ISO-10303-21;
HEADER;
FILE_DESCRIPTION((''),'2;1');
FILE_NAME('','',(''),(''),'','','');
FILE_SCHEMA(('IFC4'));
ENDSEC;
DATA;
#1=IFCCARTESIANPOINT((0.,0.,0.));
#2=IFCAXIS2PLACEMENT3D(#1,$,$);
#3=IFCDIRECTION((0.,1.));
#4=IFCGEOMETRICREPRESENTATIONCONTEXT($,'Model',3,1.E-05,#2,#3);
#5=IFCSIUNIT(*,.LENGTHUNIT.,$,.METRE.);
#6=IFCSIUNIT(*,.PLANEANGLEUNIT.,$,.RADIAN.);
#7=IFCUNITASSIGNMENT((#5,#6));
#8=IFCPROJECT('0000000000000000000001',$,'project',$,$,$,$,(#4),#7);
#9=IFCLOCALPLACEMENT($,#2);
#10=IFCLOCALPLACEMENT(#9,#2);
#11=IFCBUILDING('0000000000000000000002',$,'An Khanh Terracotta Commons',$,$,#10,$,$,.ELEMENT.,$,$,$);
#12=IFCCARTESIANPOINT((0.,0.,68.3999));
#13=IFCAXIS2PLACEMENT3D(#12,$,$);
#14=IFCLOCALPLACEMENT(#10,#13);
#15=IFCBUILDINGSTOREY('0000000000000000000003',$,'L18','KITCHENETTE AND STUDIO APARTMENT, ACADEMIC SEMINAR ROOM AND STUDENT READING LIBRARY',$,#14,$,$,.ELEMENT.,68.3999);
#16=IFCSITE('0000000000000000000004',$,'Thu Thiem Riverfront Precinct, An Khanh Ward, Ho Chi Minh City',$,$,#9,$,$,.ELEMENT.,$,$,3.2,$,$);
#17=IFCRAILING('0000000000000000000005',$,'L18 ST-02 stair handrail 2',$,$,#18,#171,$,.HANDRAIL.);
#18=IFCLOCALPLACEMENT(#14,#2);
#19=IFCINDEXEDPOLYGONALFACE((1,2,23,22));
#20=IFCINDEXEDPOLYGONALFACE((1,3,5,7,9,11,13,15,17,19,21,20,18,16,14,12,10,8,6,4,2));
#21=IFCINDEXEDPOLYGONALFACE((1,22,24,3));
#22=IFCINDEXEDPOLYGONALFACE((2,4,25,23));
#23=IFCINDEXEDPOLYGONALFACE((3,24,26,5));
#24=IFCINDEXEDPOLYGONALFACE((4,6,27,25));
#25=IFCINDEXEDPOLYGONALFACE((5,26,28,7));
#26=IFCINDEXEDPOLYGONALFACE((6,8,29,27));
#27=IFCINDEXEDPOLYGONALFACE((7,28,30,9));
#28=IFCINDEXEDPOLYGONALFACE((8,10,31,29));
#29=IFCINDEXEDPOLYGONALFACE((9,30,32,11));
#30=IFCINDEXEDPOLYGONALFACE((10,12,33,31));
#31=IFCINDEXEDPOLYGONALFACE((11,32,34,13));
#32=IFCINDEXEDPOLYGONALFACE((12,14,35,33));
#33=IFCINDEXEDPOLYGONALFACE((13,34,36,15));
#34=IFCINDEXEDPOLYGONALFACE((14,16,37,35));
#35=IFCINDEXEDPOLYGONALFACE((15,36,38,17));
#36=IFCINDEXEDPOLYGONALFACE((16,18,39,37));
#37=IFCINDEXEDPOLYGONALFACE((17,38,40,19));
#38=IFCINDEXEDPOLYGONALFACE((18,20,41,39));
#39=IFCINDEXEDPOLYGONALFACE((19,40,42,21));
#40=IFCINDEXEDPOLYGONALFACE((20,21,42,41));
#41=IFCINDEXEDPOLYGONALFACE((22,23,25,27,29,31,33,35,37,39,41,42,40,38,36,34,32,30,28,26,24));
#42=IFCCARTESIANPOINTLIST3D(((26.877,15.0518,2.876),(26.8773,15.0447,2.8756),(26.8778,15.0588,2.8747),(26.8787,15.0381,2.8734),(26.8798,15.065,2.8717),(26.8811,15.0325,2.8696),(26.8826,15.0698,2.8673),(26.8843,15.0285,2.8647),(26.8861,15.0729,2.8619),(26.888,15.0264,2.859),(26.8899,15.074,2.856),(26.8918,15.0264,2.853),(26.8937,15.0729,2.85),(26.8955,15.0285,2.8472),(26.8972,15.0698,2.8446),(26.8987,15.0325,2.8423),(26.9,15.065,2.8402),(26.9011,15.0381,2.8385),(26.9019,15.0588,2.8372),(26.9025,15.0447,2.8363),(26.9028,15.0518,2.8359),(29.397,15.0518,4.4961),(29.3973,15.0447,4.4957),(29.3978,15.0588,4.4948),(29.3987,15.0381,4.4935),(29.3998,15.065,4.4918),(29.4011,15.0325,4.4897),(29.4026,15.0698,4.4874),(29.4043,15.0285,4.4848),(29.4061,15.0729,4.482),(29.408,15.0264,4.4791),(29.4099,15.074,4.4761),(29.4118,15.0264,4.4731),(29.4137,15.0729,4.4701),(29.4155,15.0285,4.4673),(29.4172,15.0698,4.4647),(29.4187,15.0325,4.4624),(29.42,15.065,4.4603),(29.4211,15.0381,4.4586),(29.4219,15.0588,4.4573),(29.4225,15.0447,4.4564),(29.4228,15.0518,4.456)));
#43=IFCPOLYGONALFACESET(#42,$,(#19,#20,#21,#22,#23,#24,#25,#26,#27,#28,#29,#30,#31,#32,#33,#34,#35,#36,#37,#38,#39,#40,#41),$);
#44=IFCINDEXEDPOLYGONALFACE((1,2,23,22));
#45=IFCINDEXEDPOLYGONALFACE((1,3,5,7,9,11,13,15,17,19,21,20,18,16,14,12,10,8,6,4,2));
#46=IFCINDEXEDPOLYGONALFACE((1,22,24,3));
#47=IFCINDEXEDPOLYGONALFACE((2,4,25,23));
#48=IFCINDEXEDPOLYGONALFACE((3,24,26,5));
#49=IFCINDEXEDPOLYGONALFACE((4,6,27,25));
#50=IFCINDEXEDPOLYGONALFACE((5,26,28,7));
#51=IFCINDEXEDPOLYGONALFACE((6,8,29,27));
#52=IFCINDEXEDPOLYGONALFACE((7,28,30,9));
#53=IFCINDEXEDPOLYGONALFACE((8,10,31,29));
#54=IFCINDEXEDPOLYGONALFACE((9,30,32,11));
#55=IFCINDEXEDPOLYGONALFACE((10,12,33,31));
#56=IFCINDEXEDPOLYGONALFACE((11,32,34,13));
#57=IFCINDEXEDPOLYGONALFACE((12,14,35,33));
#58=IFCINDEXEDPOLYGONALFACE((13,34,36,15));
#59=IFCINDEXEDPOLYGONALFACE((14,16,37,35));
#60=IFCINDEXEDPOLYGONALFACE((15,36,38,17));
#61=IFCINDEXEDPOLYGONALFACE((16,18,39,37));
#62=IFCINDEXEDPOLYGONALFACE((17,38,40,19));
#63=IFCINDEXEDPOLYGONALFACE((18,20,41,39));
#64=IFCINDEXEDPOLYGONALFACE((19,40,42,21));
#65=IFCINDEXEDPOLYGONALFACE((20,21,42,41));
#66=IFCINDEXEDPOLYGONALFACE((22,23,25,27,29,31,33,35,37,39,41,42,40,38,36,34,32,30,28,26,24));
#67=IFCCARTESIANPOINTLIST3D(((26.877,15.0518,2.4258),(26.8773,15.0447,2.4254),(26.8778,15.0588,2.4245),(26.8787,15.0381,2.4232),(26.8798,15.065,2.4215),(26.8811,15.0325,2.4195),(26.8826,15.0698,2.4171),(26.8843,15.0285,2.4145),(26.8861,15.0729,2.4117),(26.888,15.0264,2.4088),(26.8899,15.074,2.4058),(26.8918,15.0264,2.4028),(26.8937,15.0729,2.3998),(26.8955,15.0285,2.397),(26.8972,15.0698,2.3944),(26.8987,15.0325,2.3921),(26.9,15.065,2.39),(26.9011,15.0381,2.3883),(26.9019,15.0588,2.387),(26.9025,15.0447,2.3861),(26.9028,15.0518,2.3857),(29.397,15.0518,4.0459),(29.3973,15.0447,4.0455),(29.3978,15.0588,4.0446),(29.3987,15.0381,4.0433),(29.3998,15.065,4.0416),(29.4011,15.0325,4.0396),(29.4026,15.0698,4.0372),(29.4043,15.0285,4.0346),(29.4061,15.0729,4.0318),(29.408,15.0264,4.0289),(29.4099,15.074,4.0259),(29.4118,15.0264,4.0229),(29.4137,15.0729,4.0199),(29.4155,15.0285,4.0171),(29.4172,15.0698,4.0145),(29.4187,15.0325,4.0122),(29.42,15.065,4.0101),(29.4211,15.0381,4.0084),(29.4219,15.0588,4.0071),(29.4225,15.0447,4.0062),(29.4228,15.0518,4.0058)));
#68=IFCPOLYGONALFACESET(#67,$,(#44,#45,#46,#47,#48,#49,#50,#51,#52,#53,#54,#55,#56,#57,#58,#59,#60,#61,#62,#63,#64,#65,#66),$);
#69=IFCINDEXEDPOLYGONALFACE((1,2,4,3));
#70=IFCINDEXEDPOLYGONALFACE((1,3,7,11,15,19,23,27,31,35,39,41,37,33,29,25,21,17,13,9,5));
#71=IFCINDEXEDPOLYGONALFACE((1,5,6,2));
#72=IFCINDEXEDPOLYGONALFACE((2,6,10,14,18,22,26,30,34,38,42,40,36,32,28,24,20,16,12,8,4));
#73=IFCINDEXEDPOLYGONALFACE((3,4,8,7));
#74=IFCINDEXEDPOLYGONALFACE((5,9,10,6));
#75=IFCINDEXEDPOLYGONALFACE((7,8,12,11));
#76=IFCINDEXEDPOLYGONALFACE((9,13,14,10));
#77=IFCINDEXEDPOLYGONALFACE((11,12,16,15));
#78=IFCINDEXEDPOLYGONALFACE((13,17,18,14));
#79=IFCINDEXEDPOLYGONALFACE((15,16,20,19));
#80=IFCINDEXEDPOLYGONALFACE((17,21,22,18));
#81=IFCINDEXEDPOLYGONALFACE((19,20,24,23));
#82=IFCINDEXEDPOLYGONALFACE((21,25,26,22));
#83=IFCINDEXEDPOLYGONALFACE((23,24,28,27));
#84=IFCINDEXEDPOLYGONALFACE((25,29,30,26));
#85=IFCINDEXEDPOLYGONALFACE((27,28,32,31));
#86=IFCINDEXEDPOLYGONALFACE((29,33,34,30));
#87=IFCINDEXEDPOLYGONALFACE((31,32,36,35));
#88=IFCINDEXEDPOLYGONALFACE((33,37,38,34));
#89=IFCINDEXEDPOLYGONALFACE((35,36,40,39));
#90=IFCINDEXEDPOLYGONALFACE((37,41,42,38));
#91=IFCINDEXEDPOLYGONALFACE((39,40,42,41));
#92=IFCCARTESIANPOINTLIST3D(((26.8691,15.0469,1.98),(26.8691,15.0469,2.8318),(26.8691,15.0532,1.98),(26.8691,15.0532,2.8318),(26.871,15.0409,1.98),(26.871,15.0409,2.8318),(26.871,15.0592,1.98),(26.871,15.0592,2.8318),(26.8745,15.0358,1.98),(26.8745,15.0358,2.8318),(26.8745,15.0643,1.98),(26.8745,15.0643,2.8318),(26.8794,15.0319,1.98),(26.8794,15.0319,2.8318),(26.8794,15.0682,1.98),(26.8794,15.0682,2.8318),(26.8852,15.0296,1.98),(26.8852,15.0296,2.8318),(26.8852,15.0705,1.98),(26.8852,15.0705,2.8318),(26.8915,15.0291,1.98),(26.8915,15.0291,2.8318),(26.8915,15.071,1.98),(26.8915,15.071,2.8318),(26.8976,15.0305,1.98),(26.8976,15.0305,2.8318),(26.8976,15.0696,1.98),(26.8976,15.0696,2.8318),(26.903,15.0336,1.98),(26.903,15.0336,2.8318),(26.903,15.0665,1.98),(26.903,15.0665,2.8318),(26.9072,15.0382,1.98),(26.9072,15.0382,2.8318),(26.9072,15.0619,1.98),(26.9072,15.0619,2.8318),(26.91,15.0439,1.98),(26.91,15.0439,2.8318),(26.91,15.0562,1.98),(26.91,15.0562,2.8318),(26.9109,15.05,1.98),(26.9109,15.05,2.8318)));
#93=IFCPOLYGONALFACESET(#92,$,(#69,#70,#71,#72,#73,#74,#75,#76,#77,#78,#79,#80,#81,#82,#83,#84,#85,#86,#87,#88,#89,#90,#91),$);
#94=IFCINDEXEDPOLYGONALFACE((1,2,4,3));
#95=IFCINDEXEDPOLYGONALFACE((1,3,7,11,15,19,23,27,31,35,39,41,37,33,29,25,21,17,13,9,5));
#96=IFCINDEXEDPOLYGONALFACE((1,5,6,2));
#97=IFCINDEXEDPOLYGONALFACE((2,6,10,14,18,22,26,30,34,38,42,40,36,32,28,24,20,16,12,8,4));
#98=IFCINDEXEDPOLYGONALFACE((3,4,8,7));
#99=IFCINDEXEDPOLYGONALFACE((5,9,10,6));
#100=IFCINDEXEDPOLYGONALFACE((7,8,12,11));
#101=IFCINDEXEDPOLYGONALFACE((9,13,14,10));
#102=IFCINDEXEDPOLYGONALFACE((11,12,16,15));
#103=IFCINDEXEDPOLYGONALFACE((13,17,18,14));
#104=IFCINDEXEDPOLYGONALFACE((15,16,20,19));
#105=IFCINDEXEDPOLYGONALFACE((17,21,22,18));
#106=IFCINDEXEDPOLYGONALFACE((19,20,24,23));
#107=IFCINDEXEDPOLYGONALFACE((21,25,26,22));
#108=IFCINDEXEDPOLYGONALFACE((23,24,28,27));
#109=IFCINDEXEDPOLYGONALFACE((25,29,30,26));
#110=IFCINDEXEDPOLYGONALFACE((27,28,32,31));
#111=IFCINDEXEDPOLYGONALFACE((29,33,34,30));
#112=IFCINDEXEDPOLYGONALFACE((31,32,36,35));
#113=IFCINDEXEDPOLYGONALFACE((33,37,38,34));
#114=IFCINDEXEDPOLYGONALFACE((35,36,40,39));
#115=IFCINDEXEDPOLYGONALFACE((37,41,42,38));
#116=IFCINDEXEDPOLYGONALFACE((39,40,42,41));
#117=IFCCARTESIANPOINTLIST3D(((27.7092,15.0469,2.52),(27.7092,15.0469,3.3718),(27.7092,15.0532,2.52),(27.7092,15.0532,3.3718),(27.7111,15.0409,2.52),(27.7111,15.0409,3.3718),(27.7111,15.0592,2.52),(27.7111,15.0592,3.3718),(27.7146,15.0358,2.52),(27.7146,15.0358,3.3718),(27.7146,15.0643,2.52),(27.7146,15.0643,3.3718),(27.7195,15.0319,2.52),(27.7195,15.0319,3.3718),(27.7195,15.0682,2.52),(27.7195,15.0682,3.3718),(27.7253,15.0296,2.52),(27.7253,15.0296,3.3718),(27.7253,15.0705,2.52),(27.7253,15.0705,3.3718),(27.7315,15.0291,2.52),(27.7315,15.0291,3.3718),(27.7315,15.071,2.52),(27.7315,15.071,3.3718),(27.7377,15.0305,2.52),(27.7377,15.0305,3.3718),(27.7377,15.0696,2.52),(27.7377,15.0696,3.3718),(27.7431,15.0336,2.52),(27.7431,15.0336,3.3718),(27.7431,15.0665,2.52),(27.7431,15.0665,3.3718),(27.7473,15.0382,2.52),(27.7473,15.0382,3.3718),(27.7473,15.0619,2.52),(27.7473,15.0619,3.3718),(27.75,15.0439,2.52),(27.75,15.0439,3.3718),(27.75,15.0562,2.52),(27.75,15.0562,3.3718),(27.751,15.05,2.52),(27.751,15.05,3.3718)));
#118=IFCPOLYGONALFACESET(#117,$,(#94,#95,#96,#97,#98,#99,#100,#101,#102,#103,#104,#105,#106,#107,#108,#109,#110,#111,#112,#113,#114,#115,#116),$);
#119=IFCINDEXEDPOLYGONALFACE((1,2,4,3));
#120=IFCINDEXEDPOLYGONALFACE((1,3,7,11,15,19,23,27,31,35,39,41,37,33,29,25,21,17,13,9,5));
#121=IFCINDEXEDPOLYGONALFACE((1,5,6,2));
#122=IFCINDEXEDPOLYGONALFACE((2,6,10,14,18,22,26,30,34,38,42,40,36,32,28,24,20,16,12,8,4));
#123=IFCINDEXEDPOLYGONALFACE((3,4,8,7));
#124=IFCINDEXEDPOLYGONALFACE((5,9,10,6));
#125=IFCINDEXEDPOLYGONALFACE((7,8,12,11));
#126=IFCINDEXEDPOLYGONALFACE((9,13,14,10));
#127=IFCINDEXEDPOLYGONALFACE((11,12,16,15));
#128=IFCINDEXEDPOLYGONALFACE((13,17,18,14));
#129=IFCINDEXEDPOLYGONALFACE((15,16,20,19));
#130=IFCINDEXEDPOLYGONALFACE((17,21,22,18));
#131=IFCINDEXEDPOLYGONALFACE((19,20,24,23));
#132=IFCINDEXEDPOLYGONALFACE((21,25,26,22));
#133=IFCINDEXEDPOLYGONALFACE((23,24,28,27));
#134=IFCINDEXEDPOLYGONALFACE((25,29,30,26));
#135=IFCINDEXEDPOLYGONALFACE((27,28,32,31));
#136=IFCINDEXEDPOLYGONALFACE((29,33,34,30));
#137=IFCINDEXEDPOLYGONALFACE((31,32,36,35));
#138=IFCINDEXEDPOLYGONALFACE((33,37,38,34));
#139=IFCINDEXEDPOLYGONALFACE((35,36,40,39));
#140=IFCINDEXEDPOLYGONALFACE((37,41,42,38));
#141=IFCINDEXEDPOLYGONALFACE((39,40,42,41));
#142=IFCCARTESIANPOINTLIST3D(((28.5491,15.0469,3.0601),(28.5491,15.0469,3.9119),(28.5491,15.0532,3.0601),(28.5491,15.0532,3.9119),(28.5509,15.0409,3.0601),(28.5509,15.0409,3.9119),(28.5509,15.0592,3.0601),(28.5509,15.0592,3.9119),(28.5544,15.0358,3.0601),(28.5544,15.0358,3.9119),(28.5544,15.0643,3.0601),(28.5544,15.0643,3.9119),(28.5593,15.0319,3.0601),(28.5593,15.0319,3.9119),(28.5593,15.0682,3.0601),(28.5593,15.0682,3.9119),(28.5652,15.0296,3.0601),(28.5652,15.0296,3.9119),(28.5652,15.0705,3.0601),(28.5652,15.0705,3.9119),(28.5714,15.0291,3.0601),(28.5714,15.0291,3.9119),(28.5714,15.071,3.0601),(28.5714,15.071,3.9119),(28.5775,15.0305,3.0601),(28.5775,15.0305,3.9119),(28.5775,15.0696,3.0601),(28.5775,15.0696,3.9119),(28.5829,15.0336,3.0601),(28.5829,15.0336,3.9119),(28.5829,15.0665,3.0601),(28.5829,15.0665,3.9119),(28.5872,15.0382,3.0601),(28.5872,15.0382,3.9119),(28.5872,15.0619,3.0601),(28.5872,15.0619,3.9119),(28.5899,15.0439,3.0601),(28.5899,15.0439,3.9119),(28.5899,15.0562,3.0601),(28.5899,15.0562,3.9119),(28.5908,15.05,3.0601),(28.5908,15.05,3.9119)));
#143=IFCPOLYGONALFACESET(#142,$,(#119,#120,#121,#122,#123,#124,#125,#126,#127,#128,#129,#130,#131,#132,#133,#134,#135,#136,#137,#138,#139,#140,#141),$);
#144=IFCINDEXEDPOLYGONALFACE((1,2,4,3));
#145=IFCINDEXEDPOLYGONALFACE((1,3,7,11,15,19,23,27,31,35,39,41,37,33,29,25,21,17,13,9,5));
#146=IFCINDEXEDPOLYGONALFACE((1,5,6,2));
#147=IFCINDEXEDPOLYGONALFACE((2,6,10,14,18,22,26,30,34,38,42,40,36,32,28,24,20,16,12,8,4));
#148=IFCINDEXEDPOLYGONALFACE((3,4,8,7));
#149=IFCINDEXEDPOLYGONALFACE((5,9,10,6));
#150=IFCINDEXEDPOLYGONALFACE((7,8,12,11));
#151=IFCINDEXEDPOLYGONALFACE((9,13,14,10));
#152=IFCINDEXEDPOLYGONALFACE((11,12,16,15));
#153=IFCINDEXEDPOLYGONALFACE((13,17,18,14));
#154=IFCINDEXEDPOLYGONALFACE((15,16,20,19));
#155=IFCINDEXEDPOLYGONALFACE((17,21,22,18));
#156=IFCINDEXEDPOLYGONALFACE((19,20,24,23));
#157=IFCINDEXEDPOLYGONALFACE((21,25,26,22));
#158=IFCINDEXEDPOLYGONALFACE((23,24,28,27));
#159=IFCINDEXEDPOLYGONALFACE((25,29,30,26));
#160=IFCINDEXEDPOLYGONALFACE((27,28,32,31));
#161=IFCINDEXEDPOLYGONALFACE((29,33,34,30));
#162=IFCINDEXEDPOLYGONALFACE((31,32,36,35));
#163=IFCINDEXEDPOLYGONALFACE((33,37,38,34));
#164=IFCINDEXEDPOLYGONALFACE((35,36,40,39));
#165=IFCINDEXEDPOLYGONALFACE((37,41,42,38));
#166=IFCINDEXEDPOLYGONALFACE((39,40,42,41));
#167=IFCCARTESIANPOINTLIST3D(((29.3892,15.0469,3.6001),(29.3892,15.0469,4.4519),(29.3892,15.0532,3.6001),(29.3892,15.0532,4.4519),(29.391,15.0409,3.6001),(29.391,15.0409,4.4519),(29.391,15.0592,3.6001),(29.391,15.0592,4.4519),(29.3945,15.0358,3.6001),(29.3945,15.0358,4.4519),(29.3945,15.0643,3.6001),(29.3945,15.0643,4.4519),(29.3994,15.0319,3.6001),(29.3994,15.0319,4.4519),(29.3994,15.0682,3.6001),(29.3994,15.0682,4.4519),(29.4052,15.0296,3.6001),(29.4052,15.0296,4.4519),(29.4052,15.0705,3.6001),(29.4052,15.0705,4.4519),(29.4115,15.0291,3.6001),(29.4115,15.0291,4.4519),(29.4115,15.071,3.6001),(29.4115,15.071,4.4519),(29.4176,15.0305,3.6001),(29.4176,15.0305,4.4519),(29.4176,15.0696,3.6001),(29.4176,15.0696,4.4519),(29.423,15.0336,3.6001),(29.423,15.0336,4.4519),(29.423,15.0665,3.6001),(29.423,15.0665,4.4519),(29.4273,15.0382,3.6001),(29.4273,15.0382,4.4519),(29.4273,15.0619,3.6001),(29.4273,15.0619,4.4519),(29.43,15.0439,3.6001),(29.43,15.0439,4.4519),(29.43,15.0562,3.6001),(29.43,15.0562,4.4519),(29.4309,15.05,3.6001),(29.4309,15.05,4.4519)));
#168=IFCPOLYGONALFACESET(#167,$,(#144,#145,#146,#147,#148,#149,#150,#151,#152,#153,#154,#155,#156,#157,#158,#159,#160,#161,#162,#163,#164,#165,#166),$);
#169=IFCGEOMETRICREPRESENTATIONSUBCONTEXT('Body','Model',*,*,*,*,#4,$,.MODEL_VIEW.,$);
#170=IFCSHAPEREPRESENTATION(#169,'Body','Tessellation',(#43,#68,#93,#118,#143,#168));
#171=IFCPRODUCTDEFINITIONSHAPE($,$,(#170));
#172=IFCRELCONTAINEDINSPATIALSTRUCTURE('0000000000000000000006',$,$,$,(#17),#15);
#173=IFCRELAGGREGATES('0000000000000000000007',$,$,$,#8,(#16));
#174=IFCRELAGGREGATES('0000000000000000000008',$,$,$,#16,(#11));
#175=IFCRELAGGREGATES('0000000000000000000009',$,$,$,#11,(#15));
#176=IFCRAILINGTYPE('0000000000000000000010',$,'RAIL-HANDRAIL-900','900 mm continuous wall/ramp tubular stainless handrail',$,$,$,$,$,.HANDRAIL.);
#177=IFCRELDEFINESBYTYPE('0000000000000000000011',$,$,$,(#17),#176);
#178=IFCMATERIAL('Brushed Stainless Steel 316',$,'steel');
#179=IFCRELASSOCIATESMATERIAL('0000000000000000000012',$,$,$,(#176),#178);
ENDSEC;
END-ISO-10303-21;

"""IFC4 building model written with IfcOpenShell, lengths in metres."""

from ifc_helpers import new_model, si_unit, direction, frame, origin, origin_2d, place, context, subcontext, project, spatial, circle, extrude, material, type_object, element, save


model = new_model("IFC4")

# Units and contexts
model_context = context("Model", 3, precision=1e-05, world=origin(), true_north=direction((0.0, 1.0)))
body_context = subcontext(model_context, "Body", "Model", "MODEL_VIEW")
ifc_project = project(units=[si_unit("LENGTHUNIT", "METRE"), si_unit("PLANEANGLEUNIT", "RADIAN")], contexts=[model_context])

# Site, building, storey
site_placement = place(None, origin())
site = spatial("IfcSite", under=ifc_project, at=site_placement, Name="Thu Thiem Riverfront Precinct, An Khanh Ward, Ho Chi Minh City", CompositionType="ELEMENT", RefElevation=3.2)
building_placement = place(site_placement, origin())
building = spatial("IfcBuilding", under=site, at=building_placement, Name="An Khanh Terracotta Commons", CompositionType="ELEMENT")
storey_placement = place(building_placement, frame((0.0, 0.0, 68.3999)))
storey = spatial("IfcBuildingStorey", under=building, at=storey_placement, Name="L18", Description="KITCHENETTE AND STUDIO APARTMENT, ACADEMIC SEMINAR ROOM AND STUDENT READING LIBRARY", CompositionType="ELEMENT", Elevation=68.3999)

# Railing
ifc_material_1 = material(Name="Brushed Stainless Steel 316", Category="steel")
railing_type_1 = type_object("IfcRailingType", Name="RAIL-HANDRAIL-900", Description="900 mm continuous wall/ramp tubular stainless handrail", PredefinedType="HANDRAIL", material=ifc_material_1)
railing_1_placement = place(storey_placement, frame((26.8899, 15.05, 1.98)))
element("IfcRailing", 1, at=railing_1_placement, inside=storey, type_object=railing_type_1, Name="L18 ST-02 stair handrail 2", PredefinedType="HANDRAIL", context=body_context, shape_type="SweptSolid", body=[
    extrude(circle(Radius=0.0239, at=origin_2d()), frame((0.0, 0.0, 0.876), z_axis=(0.841163, 0.0, 0.540782), x_axis=(0.0, 1.0, 0.0)), (0.0, 0.0, 1.0), 2.9958),
    extrude(circle(Radius=0.0239, at=origin_2d()), frame((0.0, 0.0, 0.4258), z_axis=(0.841163, 0.0, 0.540782), x_axis=(0.0, 1.0, 0.0)), (0.0, 0.0, 1.0), 2.9958),
    extrude(circle(Radius=0.021, at=origin_2d()), origin(), (0.0, 0.0, 1.0), 0.8518),
    extrude(circle(Radius=0.021, at=origin_2d()), frame((0.8401, 0.0, 0.54)), (0.0, 0.0, 1.0), 0.8518),
    extrude(circle(Radius=0.021, at=origin_2d()), frame((1.6799, 0.0, 1.0801)), (0.0, 0.0, 1.0), 0.8518),
    extrude(circle(Radius=0.021, at=origin_2d()), frame((2.52, 0.0, 1.6201)), (0.0, 0.0, 1.0), 0.8518),
])

save(model, "model.ifc")
